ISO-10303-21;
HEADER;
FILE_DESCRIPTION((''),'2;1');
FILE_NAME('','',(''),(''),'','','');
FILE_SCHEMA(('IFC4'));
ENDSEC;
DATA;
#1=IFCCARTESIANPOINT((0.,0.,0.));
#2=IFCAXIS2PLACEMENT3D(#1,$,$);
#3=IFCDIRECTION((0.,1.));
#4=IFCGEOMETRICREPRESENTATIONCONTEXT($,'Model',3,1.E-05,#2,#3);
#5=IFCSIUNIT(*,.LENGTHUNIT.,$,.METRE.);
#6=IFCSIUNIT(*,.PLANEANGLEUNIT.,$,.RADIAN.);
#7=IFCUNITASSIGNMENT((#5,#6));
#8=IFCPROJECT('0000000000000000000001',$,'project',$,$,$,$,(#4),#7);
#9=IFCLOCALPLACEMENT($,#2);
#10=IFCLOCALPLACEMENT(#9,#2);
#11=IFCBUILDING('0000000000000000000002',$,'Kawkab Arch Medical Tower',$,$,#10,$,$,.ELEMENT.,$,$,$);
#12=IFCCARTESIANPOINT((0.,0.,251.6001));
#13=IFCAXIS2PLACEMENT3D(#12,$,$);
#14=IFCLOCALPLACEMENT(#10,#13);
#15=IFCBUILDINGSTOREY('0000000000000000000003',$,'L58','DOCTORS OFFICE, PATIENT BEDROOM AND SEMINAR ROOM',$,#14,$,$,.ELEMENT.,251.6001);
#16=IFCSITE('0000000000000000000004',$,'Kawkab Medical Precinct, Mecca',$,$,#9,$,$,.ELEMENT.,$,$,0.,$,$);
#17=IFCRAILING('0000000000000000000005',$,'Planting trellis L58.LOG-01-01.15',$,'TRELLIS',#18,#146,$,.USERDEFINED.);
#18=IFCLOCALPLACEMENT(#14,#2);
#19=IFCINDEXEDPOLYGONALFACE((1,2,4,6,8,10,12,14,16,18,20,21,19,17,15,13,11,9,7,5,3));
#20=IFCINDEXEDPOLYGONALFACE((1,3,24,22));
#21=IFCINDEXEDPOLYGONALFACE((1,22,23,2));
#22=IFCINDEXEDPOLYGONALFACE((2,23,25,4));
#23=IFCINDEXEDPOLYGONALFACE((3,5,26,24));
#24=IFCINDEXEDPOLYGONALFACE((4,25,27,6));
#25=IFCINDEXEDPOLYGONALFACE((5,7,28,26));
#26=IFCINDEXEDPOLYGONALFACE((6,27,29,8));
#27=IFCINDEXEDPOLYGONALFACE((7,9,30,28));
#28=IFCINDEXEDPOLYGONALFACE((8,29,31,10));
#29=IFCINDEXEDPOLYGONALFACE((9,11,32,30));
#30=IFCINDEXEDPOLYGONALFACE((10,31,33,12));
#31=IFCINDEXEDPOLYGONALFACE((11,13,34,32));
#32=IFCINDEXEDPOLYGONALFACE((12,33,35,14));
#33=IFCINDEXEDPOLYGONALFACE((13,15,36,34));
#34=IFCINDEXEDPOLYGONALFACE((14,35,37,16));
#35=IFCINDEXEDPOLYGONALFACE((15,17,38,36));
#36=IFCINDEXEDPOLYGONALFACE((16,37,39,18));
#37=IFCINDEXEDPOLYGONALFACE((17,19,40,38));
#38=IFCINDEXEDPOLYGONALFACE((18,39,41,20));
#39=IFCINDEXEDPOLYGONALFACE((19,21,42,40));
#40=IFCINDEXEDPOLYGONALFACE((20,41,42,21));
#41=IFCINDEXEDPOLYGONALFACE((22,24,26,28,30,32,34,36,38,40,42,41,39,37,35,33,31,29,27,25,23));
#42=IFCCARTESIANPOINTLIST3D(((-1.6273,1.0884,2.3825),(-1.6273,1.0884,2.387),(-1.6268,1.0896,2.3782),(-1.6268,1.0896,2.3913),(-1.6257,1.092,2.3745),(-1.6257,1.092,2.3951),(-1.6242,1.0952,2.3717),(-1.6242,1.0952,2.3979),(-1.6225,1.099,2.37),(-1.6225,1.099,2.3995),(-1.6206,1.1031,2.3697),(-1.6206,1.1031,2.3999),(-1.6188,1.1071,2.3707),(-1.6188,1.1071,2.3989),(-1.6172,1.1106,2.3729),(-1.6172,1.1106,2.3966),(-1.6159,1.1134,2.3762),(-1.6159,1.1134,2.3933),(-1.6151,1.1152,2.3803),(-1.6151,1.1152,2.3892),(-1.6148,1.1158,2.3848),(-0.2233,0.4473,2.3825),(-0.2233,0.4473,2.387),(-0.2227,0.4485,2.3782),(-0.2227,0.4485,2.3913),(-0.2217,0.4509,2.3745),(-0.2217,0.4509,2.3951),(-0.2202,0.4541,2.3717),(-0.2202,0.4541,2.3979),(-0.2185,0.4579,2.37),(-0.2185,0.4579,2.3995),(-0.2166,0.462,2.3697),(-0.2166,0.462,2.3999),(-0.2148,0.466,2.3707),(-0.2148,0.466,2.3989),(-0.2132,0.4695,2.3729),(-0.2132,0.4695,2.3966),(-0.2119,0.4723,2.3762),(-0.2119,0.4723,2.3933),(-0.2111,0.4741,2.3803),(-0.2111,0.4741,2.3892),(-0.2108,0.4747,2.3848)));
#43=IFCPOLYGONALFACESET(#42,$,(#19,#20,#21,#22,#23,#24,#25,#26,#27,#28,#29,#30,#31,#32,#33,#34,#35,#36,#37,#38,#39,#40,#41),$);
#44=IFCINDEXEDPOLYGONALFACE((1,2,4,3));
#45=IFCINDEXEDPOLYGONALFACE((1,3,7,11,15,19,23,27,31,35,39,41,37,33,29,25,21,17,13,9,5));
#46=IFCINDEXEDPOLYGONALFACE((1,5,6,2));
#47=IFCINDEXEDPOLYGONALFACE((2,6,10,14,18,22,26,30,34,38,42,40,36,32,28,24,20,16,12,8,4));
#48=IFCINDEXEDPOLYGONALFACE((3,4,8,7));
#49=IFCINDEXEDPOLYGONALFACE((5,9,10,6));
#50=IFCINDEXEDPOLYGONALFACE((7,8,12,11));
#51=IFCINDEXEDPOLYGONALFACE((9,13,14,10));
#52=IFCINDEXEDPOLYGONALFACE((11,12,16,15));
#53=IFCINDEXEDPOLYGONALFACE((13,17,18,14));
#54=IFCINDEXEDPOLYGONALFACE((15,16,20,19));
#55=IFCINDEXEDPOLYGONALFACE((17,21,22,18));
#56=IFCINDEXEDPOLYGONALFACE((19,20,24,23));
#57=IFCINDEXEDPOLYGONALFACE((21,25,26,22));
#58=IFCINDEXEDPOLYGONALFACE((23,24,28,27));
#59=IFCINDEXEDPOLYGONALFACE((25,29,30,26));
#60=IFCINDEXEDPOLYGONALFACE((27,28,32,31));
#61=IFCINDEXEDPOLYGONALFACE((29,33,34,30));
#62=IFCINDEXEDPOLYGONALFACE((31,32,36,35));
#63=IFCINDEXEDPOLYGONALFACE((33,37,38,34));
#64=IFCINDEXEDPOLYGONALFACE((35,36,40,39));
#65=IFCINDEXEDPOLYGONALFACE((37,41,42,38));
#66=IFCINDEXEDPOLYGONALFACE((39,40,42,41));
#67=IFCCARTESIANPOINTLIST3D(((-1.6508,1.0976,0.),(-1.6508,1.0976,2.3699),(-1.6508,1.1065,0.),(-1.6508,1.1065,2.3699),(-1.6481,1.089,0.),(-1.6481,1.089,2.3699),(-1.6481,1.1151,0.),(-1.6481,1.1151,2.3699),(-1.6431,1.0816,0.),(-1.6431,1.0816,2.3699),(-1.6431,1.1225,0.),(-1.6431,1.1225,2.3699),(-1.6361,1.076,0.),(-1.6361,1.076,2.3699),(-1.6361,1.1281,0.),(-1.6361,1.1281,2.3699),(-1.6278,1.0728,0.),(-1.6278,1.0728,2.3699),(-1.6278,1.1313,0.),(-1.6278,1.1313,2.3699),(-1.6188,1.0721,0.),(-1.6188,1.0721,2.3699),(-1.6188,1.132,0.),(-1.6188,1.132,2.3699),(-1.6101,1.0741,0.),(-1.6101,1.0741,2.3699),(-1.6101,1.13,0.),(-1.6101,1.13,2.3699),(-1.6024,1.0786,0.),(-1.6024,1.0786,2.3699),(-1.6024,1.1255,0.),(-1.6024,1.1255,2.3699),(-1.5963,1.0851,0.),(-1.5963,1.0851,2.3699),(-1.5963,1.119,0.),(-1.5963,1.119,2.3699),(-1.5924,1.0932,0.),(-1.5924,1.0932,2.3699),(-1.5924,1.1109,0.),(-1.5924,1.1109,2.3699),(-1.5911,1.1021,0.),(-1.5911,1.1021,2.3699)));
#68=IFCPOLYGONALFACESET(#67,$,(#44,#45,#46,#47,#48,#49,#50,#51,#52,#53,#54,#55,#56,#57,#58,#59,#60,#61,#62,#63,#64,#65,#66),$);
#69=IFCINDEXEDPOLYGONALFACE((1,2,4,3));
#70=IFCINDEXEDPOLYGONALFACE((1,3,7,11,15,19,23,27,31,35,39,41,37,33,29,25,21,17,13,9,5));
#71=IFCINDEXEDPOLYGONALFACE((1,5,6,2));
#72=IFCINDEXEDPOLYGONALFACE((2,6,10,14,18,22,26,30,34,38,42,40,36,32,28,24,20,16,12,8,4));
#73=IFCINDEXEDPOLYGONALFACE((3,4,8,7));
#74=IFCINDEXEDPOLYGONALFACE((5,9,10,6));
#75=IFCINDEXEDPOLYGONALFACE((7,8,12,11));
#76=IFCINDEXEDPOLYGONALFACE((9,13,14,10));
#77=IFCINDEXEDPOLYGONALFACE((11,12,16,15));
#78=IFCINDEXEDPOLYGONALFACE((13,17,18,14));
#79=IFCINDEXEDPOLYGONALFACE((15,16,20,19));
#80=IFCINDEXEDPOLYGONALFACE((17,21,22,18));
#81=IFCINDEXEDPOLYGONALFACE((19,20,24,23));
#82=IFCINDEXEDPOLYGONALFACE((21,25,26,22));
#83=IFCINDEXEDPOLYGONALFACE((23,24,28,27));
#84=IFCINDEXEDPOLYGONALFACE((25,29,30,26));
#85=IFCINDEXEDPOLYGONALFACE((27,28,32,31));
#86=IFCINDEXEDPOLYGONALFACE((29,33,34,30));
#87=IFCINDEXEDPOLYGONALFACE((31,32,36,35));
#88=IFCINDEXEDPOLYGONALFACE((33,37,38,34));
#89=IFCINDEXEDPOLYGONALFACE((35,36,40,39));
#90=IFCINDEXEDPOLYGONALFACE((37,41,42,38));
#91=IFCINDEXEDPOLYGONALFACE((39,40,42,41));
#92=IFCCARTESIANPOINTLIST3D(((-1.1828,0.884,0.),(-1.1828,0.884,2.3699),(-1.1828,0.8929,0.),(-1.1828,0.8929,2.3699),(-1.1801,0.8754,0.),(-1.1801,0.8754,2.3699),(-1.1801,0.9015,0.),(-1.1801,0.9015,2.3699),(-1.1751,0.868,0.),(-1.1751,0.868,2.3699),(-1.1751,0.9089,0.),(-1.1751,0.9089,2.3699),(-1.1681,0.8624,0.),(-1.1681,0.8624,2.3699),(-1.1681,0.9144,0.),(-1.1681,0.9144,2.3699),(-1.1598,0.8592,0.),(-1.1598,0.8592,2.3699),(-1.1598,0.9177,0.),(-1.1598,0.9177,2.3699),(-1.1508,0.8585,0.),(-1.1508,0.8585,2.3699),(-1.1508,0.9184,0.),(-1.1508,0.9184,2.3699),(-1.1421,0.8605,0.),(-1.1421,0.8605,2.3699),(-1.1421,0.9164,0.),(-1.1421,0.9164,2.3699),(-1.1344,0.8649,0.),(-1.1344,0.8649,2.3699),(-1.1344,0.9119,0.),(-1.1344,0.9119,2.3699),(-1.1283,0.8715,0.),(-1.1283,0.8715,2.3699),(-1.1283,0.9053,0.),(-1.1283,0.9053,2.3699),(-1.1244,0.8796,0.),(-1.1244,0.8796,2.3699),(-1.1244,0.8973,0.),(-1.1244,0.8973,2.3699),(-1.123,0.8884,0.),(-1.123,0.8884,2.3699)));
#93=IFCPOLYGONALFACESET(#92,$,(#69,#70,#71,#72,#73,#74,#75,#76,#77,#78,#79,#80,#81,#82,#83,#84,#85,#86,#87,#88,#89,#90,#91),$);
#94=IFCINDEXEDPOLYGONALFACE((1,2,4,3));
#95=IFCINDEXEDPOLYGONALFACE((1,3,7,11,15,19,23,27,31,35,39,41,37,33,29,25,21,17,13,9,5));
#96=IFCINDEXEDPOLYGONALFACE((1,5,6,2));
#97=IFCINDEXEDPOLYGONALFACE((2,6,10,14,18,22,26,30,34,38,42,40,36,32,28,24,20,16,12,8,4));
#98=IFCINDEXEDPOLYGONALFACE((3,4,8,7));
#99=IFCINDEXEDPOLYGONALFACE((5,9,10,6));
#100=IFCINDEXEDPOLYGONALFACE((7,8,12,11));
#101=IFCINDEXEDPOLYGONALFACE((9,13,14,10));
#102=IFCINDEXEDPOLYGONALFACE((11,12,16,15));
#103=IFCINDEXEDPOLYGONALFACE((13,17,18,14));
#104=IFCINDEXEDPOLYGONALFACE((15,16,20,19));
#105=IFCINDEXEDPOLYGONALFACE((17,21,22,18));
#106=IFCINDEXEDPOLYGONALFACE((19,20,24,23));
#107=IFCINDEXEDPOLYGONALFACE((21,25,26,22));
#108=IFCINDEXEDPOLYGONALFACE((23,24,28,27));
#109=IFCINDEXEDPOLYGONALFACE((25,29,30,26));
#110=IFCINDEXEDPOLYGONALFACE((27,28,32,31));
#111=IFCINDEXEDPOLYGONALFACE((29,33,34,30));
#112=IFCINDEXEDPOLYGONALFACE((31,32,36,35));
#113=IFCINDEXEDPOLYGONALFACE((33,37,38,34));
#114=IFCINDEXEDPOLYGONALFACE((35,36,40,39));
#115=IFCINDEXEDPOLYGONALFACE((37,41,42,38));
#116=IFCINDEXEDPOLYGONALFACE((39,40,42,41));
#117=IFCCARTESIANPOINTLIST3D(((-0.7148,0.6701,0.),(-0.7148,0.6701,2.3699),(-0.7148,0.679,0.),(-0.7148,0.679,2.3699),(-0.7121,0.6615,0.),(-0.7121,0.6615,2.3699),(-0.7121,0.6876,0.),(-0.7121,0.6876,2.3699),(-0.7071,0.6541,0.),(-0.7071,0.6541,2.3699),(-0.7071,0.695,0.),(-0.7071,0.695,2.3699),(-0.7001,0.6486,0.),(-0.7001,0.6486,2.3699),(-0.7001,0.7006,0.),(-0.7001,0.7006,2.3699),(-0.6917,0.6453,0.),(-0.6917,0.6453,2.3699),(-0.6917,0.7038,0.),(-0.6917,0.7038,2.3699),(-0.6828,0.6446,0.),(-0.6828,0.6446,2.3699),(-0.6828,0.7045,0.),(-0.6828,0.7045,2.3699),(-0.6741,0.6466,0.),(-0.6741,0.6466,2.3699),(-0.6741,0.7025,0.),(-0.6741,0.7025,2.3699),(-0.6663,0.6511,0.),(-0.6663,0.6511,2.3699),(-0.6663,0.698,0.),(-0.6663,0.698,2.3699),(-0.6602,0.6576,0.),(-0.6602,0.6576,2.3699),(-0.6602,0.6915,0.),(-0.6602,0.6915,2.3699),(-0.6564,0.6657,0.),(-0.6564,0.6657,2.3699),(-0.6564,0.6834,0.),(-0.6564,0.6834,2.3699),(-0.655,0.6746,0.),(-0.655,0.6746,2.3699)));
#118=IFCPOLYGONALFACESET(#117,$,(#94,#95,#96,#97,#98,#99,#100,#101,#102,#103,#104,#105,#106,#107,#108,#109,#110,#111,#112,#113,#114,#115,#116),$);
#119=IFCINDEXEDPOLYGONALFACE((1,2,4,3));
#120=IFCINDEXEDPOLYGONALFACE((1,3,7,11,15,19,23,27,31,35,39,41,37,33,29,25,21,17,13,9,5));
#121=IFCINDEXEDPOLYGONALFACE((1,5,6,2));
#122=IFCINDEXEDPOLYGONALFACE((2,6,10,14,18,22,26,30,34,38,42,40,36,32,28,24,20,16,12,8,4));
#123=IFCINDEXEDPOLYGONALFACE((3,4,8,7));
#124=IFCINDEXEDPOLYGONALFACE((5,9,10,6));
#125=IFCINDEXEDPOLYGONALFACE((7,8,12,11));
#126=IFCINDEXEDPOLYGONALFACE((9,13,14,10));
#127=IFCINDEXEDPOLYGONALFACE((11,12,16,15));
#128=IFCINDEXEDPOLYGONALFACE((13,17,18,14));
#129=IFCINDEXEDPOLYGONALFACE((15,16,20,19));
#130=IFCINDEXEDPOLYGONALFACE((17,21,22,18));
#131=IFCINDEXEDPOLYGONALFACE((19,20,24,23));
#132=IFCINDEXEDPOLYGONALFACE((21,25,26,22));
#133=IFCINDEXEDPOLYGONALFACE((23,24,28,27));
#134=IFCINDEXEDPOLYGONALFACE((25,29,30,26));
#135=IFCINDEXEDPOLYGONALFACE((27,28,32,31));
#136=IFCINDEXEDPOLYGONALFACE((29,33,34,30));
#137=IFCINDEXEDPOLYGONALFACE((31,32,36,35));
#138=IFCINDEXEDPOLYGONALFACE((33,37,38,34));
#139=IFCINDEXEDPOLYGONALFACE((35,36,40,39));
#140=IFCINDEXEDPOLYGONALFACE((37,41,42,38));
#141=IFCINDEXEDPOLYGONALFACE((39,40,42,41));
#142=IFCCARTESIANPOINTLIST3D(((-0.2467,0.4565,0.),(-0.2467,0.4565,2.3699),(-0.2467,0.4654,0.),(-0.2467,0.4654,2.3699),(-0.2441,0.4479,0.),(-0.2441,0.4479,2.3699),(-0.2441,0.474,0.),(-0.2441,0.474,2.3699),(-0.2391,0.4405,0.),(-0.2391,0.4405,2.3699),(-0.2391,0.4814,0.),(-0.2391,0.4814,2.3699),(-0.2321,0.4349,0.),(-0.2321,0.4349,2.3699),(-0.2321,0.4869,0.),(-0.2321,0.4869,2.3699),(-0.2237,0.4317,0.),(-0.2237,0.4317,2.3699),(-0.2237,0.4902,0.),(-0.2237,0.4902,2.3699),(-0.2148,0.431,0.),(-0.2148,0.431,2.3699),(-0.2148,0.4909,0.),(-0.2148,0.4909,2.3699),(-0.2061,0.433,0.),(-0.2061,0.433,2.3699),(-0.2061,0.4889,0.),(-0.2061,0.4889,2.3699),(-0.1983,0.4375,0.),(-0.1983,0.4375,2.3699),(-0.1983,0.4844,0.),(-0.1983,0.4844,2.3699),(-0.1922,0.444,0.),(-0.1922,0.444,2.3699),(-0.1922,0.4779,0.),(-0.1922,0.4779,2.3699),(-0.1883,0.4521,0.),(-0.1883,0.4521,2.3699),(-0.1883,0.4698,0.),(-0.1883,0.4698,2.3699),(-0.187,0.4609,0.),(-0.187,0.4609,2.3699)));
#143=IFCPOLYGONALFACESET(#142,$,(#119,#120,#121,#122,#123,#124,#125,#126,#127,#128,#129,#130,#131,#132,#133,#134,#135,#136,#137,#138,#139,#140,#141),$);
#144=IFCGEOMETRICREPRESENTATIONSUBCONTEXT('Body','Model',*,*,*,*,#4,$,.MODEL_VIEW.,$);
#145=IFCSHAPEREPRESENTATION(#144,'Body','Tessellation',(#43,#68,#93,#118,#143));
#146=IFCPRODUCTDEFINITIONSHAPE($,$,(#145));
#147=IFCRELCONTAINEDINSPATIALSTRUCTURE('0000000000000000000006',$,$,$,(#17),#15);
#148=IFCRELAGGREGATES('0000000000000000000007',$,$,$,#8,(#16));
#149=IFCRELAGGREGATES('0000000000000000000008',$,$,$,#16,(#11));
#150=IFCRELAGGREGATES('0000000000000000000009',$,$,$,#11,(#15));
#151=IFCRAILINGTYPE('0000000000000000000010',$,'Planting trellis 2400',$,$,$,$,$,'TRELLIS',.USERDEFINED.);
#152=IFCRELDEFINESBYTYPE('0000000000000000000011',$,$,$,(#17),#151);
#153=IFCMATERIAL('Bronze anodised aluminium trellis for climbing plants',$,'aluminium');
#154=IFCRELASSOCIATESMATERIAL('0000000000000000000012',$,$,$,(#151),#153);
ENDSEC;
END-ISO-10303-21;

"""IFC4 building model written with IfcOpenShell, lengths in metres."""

from ifc_helpers import new_model, si_unit, direction, frame, origin, origin_2d, place, context, subcontext, project, spatial, circle, extrude, material, type_object, element, save


model = new_model("IFC4")

# Units and contexts
model_context = context("Model", 3, precision=1e-05, world=origin(), true_north=direction((0.0, 1.0)))
body_context = subcontext(model_context, "Body", "Model", "MODEL_VIEW")
ifc_project = project(units=[si_unit("LENGTHUNIT", "METRE"), si_unit("PLANEANGLEUNIT", "RADIAN")], contexts=[model_context])

# Site, building, storey
site_placement = place(None, origin())
site = spatial("IfcSite", under=ifc_project, at=site_placement, Name="Kawkab Medical Precinct, Mecca", CompositionType="ELEMENT", RefElevation=0.0)
building_placement = place(site_placement, origin())
building = spatial("IfcBuilding", under=site, at=building_placement, Name="Kawkab Arch Medical Tower", CompositionType="ELEMENT")
storey_placement = place(building_placement, frame((0.0, 0.0, 251.6001)))
storey = spatial("IfcBuildingStorey", under=building, at=storey_placement, Name="L58", Description="DOCTORS OFFICE, PATIENT BEDROOM AND SEMINAR ROOM", CompositionType="ELEMENT", Elevation=251.6001)

# Railing
ifc_material_1 = material(Name="Bronze anodised aluminium trellis for climbing plants", Category="aluminium")
railing_type = type_object("IfcRailingType", Name="Planting trellis 2400", ElementType="TRELLIS", PredefinedType="USERDEFINED", material=ifc_material_1)
railing_1_placement = place(storey_placement, frame((-1.6211, 1.1021, 0.0)))
element("IfcRailing", 1, at=railing_1_placement, inside=storey, type_object=railing_type, Name="Planting trellis L58.LOG-01-01.15", ObjectType="TRELLIS", PredefinedType="USERDEFINED", context=body_context, shape_type="SweptSolid", body=[
    extrude(circle(Radius=0.0151, at=origin_2d()), frame((0.0, 0.0, 2.3848), z_axis=(0.909656, -0.415363, 0.0), x_axis=(0.415363, 0.909656, 0.0)), (0.0, 0.0, 1.0), 1.5435),
    extrude(circle(Radius=0.03, at=origin_2d()), origin(), (0.0, 0.0, 1.0), 2.3699),
    extrude(circle(Radius=0.03, at=origin_2d()), frame((0.468, -0.2136, 0.0)), (0.0, 0.0, 1.0), 2.3699),
    extrude(circle(Radius=0.03, at=origin_2d()), frame((0.936, -0.4275, 0.0)), (0.0, 0.0, 1.0), 2.3699),
    extrude(circle(Radius=0.03, at=origin_2d()), frame((1.4041, -0.6411, 0.0)), (0.0, 0.0, 1.0), 2.3699),
])

save(model, "model.ifc")
